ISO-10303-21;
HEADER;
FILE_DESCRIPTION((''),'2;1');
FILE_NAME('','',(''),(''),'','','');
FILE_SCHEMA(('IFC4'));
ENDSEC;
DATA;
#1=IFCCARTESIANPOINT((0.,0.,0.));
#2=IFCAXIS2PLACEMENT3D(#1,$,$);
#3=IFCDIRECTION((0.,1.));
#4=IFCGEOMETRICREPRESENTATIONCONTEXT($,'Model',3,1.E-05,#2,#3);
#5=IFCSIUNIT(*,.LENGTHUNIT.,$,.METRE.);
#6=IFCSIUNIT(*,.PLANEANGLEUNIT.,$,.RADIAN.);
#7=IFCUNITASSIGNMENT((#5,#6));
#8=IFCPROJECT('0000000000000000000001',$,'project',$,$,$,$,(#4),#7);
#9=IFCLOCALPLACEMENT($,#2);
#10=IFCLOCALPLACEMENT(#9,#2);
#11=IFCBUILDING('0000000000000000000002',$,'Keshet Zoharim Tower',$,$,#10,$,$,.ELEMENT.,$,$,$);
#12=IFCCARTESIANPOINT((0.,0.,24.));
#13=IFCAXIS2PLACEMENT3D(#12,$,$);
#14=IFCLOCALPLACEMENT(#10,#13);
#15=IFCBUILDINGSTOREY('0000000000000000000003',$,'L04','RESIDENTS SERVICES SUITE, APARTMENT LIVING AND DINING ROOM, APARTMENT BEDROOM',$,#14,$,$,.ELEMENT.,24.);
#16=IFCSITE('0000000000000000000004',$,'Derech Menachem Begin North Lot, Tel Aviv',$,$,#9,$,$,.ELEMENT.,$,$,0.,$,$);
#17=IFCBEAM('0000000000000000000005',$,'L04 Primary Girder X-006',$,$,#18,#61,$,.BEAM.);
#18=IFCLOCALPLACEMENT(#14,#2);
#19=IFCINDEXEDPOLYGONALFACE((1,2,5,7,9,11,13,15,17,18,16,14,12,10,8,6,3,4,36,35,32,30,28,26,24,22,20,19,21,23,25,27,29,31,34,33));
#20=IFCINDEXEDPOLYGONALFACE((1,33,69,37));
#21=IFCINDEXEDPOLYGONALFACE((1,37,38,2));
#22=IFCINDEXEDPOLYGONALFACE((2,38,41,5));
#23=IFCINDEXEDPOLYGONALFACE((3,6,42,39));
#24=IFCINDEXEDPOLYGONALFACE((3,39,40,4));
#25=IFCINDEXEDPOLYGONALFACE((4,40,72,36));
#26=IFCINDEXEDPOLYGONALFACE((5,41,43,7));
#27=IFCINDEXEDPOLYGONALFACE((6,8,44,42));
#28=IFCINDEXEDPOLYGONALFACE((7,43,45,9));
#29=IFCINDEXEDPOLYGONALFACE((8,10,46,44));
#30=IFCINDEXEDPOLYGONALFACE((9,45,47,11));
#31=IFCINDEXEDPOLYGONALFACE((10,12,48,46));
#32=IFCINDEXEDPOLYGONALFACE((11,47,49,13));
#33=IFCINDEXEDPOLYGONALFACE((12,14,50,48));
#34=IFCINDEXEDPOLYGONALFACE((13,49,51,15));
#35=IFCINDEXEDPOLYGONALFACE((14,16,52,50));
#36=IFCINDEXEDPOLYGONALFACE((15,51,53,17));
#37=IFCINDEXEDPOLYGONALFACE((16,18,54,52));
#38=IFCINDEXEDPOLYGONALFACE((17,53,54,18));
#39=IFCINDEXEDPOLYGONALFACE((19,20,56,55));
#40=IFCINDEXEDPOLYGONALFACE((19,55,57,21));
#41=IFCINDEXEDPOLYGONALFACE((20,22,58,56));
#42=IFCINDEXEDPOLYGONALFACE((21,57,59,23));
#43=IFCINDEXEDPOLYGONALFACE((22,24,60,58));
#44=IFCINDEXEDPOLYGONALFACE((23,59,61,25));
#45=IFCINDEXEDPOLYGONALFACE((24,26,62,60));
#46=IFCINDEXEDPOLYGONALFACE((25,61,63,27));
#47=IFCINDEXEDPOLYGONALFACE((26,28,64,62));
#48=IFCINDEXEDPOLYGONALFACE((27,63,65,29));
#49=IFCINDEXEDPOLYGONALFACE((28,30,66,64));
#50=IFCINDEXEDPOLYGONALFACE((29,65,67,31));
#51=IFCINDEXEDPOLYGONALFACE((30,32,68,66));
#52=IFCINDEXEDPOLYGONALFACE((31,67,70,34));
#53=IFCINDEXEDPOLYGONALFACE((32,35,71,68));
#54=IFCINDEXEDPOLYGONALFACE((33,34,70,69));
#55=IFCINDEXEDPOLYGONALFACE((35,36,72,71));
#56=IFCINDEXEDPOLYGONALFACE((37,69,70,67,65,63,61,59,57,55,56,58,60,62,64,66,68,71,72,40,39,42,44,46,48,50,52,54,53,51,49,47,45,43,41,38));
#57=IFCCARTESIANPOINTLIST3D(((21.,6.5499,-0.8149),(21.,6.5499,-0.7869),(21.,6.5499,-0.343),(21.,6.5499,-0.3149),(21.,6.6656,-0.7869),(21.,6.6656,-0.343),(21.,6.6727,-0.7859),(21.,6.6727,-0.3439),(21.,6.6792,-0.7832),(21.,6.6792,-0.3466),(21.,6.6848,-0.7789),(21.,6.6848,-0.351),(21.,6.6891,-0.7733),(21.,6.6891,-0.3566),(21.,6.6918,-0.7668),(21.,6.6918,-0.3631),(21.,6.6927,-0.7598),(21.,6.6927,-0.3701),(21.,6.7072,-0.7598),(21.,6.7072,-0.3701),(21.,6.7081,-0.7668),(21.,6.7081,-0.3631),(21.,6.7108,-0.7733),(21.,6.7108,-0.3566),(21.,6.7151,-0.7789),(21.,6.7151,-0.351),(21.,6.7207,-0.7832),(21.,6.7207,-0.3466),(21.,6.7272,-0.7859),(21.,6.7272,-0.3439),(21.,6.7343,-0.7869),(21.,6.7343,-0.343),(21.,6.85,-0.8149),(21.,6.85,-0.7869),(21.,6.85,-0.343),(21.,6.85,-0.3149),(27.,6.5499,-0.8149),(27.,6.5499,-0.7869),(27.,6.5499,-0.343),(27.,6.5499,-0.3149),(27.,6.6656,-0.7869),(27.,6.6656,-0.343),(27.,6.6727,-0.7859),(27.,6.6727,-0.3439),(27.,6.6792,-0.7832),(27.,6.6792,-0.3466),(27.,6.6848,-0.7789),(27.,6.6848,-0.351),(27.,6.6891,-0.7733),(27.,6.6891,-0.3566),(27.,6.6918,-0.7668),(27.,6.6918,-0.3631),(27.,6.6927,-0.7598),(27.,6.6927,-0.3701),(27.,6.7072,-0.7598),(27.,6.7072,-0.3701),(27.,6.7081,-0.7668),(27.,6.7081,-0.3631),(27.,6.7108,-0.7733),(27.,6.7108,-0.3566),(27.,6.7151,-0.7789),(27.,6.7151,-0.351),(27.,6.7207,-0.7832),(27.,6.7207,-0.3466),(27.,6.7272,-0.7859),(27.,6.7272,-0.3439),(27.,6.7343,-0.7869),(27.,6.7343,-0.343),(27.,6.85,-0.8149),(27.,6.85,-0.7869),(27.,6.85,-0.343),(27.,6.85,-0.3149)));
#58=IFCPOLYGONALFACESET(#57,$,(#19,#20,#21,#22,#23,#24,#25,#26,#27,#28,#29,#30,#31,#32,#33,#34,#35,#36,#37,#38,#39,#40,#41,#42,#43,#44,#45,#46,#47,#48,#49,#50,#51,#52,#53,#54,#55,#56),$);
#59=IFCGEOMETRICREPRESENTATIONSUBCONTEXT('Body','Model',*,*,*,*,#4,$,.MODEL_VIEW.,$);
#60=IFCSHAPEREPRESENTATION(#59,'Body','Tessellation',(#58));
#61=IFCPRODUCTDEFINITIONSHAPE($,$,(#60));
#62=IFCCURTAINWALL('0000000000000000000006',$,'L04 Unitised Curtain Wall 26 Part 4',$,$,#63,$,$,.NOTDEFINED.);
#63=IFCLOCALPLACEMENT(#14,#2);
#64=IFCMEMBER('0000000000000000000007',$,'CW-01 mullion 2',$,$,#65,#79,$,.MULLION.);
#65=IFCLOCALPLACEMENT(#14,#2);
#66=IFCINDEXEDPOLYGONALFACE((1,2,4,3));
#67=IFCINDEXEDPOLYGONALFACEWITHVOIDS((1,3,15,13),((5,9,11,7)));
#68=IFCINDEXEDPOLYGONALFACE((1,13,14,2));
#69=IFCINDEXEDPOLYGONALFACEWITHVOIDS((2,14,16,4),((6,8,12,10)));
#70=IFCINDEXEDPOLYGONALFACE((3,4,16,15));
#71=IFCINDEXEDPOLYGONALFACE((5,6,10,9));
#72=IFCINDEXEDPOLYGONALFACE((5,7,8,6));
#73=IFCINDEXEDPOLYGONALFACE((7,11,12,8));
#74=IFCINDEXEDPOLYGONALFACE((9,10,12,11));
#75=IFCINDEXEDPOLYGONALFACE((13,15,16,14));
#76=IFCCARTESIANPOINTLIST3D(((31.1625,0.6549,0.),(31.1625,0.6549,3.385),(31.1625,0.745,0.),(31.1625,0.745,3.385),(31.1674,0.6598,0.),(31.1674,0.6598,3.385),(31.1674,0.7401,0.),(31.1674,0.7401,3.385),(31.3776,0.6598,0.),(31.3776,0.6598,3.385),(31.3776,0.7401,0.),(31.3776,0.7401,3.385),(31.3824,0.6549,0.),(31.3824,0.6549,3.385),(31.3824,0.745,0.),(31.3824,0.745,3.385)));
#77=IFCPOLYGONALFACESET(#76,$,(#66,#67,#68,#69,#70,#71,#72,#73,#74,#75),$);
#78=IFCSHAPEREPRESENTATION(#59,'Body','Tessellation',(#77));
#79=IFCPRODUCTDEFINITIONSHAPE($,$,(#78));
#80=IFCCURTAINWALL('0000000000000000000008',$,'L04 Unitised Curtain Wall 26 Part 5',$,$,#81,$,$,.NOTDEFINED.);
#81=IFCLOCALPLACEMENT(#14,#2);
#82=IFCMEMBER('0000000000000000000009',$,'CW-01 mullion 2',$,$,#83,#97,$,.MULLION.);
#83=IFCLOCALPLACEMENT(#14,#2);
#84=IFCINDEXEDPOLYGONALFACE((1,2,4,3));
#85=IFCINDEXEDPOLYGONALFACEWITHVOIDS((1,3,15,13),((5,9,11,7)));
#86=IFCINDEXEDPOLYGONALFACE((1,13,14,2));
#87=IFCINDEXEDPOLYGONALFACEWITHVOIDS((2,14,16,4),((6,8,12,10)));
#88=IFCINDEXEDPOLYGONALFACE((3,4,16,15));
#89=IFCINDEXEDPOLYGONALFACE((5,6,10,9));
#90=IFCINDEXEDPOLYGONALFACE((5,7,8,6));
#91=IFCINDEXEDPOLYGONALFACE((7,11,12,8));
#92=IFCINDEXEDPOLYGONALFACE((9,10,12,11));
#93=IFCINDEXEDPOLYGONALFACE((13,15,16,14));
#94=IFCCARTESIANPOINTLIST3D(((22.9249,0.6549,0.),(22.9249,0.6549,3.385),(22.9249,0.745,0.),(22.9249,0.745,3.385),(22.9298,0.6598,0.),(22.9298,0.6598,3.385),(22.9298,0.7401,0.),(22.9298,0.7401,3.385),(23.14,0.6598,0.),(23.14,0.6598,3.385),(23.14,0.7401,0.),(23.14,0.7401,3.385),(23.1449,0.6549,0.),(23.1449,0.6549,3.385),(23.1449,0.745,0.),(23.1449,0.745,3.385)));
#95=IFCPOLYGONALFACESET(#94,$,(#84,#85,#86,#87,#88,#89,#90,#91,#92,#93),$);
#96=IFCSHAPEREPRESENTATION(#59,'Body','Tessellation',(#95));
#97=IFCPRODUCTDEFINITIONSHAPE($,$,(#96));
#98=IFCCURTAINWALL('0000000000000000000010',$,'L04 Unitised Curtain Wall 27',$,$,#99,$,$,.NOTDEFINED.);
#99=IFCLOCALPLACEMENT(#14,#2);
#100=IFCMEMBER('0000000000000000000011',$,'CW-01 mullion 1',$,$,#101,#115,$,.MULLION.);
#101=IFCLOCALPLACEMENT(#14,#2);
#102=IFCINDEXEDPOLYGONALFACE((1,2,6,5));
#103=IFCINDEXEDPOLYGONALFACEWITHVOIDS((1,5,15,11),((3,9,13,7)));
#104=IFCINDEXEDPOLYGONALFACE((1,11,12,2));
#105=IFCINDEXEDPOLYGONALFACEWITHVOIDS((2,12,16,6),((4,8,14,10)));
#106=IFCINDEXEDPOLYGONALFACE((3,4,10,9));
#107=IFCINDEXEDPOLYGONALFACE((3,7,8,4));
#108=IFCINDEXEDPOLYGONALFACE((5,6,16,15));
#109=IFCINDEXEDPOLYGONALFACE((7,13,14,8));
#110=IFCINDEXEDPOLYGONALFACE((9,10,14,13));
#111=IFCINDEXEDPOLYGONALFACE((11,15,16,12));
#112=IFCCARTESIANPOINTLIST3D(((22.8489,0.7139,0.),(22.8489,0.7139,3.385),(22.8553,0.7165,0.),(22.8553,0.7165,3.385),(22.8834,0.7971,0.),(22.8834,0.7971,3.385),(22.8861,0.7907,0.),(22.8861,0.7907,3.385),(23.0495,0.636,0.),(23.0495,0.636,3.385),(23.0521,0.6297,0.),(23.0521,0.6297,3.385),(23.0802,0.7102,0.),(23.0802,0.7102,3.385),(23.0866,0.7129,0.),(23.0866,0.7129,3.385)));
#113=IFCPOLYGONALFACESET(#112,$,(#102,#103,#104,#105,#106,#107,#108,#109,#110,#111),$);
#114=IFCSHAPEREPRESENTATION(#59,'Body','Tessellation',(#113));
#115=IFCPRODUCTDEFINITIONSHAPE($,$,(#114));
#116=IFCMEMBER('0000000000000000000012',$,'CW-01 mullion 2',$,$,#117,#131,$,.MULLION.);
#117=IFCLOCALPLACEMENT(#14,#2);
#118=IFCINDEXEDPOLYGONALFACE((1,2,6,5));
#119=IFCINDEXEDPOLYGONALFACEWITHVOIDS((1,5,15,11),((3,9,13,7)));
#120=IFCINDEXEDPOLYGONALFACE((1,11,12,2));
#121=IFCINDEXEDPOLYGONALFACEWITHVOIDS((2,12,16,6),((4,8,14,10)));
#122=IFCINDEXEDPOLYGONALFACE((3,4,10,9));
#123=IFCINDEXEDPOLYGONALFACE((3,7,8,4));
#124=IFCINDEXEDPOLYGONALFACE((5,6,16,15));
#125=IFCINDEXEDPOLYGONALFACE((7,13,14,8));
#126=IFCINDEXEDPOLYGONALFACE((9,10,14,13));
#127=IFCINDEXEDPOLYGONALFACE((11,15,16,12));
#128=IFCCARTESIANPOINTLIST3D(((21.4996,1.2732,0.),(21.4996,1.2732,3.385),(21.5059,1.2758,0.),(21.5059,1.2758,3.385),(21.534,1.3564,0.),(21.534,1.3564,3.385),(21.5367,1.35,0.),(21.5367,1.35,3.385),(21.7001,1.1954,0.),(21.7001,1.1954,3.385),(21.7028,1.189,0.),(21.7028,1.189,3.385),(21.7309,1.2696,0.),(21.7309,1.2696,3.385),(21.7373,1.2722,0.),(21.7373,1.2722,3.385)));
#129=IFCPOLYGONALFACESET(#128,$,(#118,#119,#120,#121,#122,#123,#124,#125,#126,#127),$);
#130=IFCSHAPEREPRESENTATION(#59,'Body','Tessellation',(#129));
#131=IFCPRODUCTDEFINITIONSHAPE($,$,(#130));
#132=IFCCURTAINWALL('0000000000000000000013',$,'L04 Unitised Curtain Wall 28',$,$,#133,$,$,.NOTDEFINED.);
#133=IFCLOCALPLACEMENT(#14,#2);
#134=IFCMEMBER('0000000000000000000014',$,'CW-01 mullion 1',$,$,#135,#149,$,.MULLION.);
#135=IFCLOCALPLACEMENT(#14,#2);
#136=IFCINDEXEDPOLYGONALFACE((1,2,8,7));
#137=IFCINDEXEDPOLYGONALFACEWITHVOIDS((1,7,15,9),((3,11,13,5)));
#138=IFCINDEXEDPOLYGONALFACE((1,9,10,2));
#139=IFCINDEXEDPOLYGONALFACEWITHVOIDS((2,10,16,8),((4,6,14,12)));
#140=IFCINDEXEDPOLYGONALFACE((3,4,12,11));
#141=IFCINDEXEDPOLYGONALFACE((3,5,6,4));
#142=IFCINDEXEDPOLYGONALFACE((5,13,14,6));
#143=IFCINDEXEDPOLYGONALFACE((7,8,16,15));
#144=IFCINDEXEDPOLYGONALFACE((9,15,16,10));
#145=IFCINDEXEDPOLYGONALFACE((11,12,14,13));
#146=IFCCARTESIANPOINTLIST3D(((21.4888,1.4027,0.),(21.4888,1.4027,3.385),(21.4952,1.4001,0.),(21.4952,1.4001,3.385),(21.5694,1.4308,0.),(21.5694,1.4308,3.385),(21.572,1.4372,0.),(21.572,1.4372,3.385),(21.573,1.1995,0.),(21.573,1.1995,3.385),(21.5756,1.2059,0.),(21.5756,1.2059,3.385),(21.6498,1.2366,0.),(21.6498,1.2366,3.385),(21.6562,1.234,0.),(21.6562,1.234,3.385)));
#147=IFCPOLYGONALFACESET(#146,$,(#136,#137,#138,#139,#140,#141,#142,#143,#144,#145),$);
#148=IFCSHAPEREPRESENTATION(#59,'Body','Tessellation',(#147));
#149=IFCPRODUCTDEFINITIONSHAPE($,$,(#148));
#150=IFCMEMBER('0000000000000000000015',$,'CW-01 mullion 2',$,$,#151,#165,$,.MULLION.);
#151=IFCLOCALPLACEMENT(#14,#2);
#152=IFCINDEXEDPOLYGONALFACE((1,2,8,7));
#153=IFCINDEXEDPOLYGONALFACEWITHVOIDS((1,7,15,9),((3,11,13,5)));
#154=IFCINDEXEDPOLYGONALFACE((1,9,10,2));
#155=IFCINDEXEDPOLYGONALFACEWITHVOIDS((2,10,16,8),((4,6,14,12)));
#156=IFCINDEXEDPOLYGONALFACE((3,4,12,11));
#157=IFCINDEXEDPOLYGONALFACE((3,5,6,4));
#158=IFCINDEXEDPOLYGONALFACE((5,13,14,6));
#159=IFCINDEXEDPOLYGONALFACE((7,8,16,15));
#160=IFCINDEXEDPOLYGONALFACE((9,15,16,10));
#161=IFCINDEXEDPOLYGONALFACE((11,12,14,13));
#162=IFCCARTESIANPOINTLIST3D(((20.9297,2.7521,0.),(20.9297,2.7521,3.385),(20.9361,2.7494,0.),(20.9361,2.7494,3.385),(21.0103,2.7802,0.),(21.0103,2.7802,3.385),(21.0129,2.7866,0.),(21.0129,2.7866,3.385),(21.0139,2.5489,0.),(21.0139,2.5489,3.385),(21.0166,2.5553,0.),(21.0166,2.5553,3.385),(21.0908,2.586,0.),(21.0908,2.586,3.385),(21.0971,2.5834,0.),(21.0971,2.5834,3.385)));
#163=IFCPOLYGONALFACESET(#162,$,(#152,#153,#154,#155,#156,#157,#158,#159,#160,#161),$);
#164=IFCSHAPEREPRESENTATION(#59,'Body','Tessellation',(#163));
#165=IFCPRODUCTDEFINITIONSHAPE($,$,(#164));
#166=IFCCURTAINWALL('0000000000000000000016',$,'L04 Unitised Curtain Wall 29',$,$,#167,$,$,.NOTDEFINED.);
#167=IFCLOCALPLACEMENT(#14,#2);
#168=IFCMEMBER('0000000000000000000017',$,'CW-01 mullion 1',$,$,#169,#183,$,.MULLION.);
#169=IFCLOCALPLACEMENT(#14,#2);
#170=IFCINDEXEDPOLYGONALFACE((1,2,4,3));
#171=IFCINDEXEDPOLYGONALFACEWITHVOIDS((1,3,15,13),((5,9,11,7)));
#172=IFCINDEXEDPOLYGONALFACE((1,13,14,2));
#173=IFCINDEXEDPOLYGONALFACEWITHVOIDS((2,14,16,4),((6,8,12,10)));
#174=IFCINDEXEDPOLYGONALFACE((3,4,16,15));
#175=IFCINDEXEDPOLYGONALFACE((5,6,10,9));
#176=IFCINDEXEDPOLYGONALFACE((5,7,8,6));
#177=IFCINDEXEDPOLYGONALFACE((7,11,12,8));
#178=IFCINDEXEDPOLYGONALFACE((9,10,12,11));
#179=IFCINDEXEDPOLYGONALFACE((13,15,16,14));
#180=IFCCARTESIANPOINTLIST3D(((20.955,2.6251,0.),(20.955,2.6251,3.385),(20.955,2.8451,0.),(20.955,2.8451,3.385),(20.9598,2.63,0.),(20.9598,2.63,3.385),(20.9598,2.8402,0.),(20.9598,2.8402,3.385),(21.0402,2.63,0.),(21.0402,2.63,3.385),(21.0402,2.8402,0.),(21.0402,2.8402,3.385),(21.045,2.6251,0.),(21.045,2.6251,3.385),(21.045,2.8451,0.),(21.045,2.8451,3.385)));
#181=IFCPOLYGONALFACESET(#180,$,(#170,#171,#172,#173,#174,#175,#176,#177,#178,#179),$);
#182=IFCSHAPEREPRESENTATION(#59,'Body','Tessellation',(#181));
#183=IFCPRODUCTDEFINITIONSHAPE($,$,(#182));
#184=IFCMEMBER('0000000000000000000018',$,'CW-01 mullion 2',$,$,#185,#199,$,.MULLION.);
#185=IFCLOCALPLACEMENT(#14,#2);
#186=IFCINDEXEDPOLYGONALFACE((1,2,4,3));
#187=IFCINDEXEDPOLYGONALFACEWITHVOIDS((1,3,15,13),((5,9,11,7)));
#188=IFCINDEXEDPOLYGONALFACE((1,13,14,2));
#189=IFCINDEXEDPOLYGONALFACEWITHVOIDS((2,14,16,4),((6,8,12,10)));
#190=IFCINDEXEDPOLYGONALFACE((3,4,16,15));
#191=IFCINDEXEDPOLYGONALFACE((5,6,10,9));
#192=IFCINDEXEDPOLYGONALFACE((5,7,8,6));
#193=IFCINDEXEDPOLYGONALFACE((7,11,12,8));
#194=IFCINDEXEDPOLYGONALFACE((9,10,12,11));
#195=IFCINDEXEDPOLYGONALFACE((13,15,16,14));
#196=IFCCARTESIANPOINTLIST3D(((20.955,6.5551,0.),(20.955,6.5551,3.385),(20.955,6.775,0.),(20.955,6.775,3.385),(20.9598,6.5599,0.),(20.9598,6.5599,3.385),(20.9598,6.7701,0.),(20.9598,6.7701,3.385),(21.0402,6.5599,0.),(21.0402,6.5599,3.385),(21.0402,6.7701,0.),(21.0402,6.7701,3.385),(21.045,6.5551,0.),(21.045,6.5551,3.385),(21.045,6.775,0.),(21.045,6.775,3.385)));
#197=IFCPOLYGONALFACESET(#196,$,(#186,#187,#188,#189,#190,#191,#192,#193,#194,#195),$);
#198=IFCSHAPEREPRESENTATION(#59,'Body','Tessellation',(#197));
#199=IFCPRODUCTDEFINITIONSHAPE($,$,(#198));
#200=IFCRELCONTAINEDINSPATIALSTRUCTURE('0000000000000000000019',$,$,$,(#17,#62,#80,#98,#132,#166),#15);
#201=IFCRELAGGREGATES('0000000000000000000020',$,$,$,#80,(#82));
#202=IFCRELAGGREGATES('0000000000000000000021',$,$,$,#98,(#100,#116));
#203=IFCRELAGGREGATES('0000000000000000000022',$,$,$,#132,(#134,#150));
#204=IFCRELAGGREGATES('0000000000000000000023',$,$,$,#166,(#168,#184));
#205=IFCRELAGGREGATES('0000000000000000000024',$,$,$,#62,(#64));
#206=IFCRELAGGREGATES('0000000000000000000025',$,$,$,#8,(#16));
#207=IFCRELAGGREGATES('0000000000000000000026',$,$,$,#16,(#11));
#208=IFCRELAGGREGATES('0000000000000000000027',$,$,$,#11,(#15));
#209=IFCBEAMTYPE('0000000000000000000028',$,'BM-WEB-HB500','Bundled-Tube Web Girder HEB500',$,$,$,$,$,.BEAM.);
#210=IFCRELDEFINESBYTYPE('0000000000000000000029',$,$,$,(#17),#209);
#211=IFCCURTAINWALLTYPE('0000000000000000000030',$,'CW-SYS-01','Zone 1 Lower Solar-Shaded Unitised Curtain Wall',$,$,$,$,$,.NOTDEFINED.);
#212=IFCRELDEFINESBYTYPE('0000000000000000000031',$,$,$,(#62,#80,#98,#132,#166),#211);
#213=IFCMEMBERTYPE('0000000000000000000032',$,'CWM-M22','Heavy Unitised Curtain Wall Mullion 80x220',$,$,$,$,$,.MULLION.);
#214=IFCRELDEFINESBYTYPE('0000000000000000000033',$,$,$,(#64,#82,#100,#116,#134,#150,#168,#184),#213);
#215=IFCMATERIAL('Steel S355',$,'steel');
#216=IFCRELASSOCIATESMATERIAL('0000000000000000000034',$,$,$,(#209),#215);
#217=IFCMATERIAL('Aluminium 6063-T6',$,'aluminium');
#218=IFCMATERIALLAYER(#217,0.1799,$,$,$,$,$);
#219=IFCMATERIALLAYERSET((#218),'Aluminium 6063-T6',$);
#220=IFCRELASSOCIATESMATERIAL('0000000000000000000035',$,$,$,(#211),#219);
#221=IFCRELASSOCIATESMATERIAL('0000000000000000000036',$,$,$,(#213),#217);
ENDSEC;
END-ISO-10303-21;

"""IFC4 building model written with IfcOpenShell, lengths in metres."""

from ifc_helpers import new_model, si_unit, direction, frame, origin, origin_2d, place, context, subcontext, project, spatial, hollow_rectangle, i_section, extrude, material, layer, layer_set, material_profile, profile_set, type_object, element, aggregate, save


model = new_model("IFC4")

# Units and contexts
model_context = context("Model", 3, precision=1e-05, world=origin(), true_north=direction((0.0, 1.0)))
body_context = subcontext(model_context, "Body", "Model", "MODEL_VIEW")
ifc_project = project(units=[si_unit("LENGTHUNIT", "METRE"), si_unit("PLANEANGLEUNIT", "RADIAN")], contexts=[model_context])

# Site, building, storey
site_placement = place(None, origin())
site = spatial("IfcSite", under=ifc_project, at=site_placement, Name="Derech Menachem Begin North Lot, Tel Aviv", CompositionType="ELEMENT", RefElevation=0.0)
building_placement = place(site_placement, origin())
building = spatial("IfcBuilding", under=site, at=building_placement, Name="Keshet Zoharim Tower", CompositionType="ELEMENT")
storey_placement = place(building_placement, frame((0.0, 0.0, 24.0)))
storey = spatial("IfcBuildingStorey", under=building, at=storey_placement, Name="L04", Description="RESIDENTS SERVICES SUITE, APARTMENT LIVING AND DINING ROOM, APARTMENT BEDROOM", CompositionType="ELEMENT", Elevation=24.0)

# Shared definitions
ifc_material_1 = material(Name="Steel S355", Category="steel")

# Beam
ifc_material_profile_1 = material_profile(ifc_material_1, i_section(OverallWidth=0.3, OverallDepth=0.5, WebThickness=0.0144, FlangeThickness=0.0281, FilletRadius=0.0271, at=origin_2d()), Name="HEB500")
ifc_profile_set_1 = profile_set([ifc_material_profile_1], Name="Steel S355")
beam_type_1 = type_object("IfcBeamType", Name="BM-WEB-HB500", Description="Bundled-Tube Web Girder HEB500", PredefinedType="BEAM", material=ifc_profile_set_1)
for number, where, z_axis, x_axis, name in (
    (1, (21.0, 6.7, -0.5649), (1.0, 0.0, 0.0), (0.0, 1.0, 0.0), "L04 Primary Girder X-006"),
):
    element("IfcBeam", number, at=place(storey_placement, frame(where, z_axis=z_axis, x_axis=x_axis)), inside=storey, type_object=beam_type_1, Name=name, PredefinedType="BEAM", context=body_context, shape_type="SweptSolid", body=[
        extrude(i_section(OverallWidth=0.3, OverallDepth=0.5, WebThickness=0.0144, FlangeThickness=0.0281, FilletRadius=0.0271, at=origin_2d()), origin(), (0.0, 0.0, 1.0), 6.0),
    ])

# Curtain walls, members
ifc_material_2 = material(Name="Aluminium 6063-T6", Category="aluminium")
ifc_layer_1 = layer(ifc_material_2, 0.1799)
ifc_layer_set_1 = layer_set([ifc_layer_1], Name="Aluminium 6063-T6")
curtain_wall_type = type_object("IfcCurtainWallType", Name="CW-SYS-01", Description="Zone 1 Lower Solar-Shaded Unitised Curtain Wall", PredefinedType="NOTDEFINED", material=ifc_layer_set_1)
curtain_wall_1_placement = place(storey_placement, origin())
curtain_wall_1 = element("IfcCurtainWall", 2, at=curtain_wall_1_placement, inside=storey, type_object=curtain_wall_type, Name="L04 Unitised Curtain Wall 26 Part 4", PredefinedType="NOTDEFINED")
ifc_material_profile_2 = material_profile(ifc_material_2, hollow_rectangle(XDim=0.0901, YDim=0.22, WallThickness=0.0049, at=origin_2d()), Name="MUL-90x220")
ifc_profile_set_2 = profile_set([ifc_material_profile_2], Name="Aluminium 6063-T6")
member_type_1 = type_object("IfcMemberType", Name="CWM-M22", Description="Heavy Unitised Curtain Wall Mullion 80x220", PredefinedType="MULLION", material=ifc_profile_set_2)
member_1_placement = place(storey_placement, frame((31.2725, 0.7, 0.0), z_axis=(0.0, 0.0, 1.0), x_axis=(0.0, -1.0, 0.0)))
member_1 = element("IfcMember", 3, at=member_1_placement, type_object=member_type_1, Name="CW-01 mullion 2", PredefinedType="MULLION", context=body_context, shape_type="SweptSolid", body=[
    extrude(hollow_rectangle(XDim=0.0901, YDim=0.22, WallThickness=0.0049, at=origin_2d()), origin(), (0.0, 0.0, 1.0), 3.385),
])
curtain_wall_2_placement = place(storey_placement, origin())
curtain_wall_2 = element("IfcCurtainWall", 4, at=curtain_wall_2_placement, inside=storey, type_object=curtain_wall_type, Name="L04 Unitised Curtain Wall 26 Part 5", PredefinedType="NOTDEFINED")
member_2_placement = place(storey_placement, frame((23.0349, 0.7, 0.0), z_axis=(0.0, 0.0, 1.0), x_axis=(0.0, -1.0, 0.0)))
member_2 = element("IfcMember", 5, at=member_2_placement, type_object=member_type_1, Name="CW-01 mullion 2", PredefinedType="MULLION", context=body_context, shape_type="SweptSolid", body=[
    extrude(hollow_rectangle(XDim=0.0901, YDim=0.22, WallThickness=0.0049, at=origin_2d()), origin(), (0.0, 0.0, 1.0), 3.385),
])

# Curtain walls, members
curtain_wall_3_placement = place(storey_placement, origin())
curtain_wall_3 = element("IfcCurtainWall", 6, at=curtain_wall_3_placement, inside=storey, type_object=curtain_wall_type, Name="L04 Unitised Curtain Wall 27", PredefinedType="NOTDEFINED")
member_3_placement = place(storey_placement, frame((22.9678, 0.7134, 0.0), z_axis=(0.0, 0.0, 1.0), x_axis=(-0.382852, -0.92381, 0.0)))
member_3 = element("IfcMember", 7, at=member_3_placement, type_object=member_type_1, Name="CW-01 mullion 1", PredefinedType="MULLION", context=body_context, shape_type="SweptSolid", body=[
    extrude(hollow_rectangle(XDim=0.0901, YDim=0.22, WallThickness=0.0049, at=origin_2d()), origin(), (0.0, 0.0, 1.0), 3.385),
])
member_4_placement = place(storey_placement, frame((21.6184, 1.2727, 0.0), z_axis=(0.0, 0.0, 1.0), x_axis=(-0.382852, -0.92381, 0.0)))
member_4 = element("IfcMember", 8, at=member_4_placement, type_object=member_type_1, Name="CW-01 mullion 2", PredefinedType="MULLION", context=body_context, shape_type="SweptSolid", body=[
    extrude(hollow_rectangle(XDim=0.0901, YDim=0.22, WallThickness=0.0049, at=origin_2d()), origin(), (0.0, 0.0, 1.0), 3.385),
])
curtain_wall_4_placement = place(storey_placement, origin())
curtain_wall_4 = element("IfcCurtainWall", 9, at=curtain_wall_4_placement, inside=storey, type_object=curtain_wall_type, Name="L04 Unitised Curtain Wall 28", PredefinedType="NOTDEFINED")
member_5_placement = place(storey_placement, frame((21.5725, 1.3184, 0.0), z_axis=(0.0, 0.0, 1.0), x_axis=(-0.92381, -0.382852, 0.0)))
member_5 = element("IfcMember", 10, at=member_5_placement, type_object=member_type_1, Name="CW-01 mullion 1", PredefinedType="MULLION", context=body_context, shape_type="SweptSolid", body=[
    extrude(hollow_rectangle(XDim=0.0901, YDim=0.22, WallThickness=0.0049, at=origin_2d()), origin(), (0.0, 0.0, 1.0), 3.385),
])
member_6_placement = place(storey_placement, frame((21.0134, 2.6677, 0.0), z_axis=(0.0, 0.0, 1.0), x_axis=(-0.92381, -0.382852, 0.0)))
member_6 = element("IfcMember", 11, at=member_6_placement, type_object=member_type_1, Name="CW-01 mullion 2", PredefinedType="MULLION", context=body_context, shape_type="SweptSolid", body=[
    extrude(hollow_rectangle(XDim=0.0901, YDim=0.22, WallThickness=0.0049, at=origin_2d()), origin(), (0.0, 0.0, 1.0), 3.385),
])
curtain_wall_5_placement = place(storey_placement, origin())
curtain_wall_5 = element("IfcCurtainWall", 12, at=curtain_wall_5_placement, inside=storey, type_object=curtain_wall_type, Name="L04 Unitised Curtain Wall 29", PredefinedType="NOTDEFINED")
member_7_placement = place(storey_placement, frame((21.0, 2.7351, 0.0), z_axis=(0.0, 0.0, 1.0), x_axis=(-1.0, 0.0, 0.0)))
member_7 = element("IfcMember", 13, at=member_7_placement, type_object=member_type_1, Name="CW-01 mullion 1", PredefinedType="MULLION", context=body_context, shape_type="SweptSolid", body=[
    extrude(hollow_rectangle(XDim=0.0901, YDim=0.22, WallThickness=0.0049, at=origin_2d()), origin(), (0.0, 0.0, 1.0), 3.385),
])
member_8_placement = place(storey_placement, frame((21.0, 6.665, 0.0), z_axis=(0.0, 0.0, 1.0), x_axis=(-1.0, 0.0, 0.0)))
member_8 = element("IfcMember", 14, at=member_8_placement, type_object=member_type_1, Name="CW-01 mullion 2", PredefinedType="MULLION", context=body_context, shape_type="SweptSolid", body=[
    extrude(hollow_rectangle(XDim=0.0901, YDim=0.22, WallThickness=0.0049, at=origin_2d()), origin(), (0.0, 0.0, 1.0), 3.385),
])

aggregate(curtain_wall_2, [member_2])
aggregate(curtain_wall_3, [member_3, member_4])
aggregate(curtain_wall_4, [member_5, member_6])
aggregate(curtain_wall_5, [member_7, member_8])
aggregate(curtain_wall_1, [member_1])

save(model, "model.ifc")
